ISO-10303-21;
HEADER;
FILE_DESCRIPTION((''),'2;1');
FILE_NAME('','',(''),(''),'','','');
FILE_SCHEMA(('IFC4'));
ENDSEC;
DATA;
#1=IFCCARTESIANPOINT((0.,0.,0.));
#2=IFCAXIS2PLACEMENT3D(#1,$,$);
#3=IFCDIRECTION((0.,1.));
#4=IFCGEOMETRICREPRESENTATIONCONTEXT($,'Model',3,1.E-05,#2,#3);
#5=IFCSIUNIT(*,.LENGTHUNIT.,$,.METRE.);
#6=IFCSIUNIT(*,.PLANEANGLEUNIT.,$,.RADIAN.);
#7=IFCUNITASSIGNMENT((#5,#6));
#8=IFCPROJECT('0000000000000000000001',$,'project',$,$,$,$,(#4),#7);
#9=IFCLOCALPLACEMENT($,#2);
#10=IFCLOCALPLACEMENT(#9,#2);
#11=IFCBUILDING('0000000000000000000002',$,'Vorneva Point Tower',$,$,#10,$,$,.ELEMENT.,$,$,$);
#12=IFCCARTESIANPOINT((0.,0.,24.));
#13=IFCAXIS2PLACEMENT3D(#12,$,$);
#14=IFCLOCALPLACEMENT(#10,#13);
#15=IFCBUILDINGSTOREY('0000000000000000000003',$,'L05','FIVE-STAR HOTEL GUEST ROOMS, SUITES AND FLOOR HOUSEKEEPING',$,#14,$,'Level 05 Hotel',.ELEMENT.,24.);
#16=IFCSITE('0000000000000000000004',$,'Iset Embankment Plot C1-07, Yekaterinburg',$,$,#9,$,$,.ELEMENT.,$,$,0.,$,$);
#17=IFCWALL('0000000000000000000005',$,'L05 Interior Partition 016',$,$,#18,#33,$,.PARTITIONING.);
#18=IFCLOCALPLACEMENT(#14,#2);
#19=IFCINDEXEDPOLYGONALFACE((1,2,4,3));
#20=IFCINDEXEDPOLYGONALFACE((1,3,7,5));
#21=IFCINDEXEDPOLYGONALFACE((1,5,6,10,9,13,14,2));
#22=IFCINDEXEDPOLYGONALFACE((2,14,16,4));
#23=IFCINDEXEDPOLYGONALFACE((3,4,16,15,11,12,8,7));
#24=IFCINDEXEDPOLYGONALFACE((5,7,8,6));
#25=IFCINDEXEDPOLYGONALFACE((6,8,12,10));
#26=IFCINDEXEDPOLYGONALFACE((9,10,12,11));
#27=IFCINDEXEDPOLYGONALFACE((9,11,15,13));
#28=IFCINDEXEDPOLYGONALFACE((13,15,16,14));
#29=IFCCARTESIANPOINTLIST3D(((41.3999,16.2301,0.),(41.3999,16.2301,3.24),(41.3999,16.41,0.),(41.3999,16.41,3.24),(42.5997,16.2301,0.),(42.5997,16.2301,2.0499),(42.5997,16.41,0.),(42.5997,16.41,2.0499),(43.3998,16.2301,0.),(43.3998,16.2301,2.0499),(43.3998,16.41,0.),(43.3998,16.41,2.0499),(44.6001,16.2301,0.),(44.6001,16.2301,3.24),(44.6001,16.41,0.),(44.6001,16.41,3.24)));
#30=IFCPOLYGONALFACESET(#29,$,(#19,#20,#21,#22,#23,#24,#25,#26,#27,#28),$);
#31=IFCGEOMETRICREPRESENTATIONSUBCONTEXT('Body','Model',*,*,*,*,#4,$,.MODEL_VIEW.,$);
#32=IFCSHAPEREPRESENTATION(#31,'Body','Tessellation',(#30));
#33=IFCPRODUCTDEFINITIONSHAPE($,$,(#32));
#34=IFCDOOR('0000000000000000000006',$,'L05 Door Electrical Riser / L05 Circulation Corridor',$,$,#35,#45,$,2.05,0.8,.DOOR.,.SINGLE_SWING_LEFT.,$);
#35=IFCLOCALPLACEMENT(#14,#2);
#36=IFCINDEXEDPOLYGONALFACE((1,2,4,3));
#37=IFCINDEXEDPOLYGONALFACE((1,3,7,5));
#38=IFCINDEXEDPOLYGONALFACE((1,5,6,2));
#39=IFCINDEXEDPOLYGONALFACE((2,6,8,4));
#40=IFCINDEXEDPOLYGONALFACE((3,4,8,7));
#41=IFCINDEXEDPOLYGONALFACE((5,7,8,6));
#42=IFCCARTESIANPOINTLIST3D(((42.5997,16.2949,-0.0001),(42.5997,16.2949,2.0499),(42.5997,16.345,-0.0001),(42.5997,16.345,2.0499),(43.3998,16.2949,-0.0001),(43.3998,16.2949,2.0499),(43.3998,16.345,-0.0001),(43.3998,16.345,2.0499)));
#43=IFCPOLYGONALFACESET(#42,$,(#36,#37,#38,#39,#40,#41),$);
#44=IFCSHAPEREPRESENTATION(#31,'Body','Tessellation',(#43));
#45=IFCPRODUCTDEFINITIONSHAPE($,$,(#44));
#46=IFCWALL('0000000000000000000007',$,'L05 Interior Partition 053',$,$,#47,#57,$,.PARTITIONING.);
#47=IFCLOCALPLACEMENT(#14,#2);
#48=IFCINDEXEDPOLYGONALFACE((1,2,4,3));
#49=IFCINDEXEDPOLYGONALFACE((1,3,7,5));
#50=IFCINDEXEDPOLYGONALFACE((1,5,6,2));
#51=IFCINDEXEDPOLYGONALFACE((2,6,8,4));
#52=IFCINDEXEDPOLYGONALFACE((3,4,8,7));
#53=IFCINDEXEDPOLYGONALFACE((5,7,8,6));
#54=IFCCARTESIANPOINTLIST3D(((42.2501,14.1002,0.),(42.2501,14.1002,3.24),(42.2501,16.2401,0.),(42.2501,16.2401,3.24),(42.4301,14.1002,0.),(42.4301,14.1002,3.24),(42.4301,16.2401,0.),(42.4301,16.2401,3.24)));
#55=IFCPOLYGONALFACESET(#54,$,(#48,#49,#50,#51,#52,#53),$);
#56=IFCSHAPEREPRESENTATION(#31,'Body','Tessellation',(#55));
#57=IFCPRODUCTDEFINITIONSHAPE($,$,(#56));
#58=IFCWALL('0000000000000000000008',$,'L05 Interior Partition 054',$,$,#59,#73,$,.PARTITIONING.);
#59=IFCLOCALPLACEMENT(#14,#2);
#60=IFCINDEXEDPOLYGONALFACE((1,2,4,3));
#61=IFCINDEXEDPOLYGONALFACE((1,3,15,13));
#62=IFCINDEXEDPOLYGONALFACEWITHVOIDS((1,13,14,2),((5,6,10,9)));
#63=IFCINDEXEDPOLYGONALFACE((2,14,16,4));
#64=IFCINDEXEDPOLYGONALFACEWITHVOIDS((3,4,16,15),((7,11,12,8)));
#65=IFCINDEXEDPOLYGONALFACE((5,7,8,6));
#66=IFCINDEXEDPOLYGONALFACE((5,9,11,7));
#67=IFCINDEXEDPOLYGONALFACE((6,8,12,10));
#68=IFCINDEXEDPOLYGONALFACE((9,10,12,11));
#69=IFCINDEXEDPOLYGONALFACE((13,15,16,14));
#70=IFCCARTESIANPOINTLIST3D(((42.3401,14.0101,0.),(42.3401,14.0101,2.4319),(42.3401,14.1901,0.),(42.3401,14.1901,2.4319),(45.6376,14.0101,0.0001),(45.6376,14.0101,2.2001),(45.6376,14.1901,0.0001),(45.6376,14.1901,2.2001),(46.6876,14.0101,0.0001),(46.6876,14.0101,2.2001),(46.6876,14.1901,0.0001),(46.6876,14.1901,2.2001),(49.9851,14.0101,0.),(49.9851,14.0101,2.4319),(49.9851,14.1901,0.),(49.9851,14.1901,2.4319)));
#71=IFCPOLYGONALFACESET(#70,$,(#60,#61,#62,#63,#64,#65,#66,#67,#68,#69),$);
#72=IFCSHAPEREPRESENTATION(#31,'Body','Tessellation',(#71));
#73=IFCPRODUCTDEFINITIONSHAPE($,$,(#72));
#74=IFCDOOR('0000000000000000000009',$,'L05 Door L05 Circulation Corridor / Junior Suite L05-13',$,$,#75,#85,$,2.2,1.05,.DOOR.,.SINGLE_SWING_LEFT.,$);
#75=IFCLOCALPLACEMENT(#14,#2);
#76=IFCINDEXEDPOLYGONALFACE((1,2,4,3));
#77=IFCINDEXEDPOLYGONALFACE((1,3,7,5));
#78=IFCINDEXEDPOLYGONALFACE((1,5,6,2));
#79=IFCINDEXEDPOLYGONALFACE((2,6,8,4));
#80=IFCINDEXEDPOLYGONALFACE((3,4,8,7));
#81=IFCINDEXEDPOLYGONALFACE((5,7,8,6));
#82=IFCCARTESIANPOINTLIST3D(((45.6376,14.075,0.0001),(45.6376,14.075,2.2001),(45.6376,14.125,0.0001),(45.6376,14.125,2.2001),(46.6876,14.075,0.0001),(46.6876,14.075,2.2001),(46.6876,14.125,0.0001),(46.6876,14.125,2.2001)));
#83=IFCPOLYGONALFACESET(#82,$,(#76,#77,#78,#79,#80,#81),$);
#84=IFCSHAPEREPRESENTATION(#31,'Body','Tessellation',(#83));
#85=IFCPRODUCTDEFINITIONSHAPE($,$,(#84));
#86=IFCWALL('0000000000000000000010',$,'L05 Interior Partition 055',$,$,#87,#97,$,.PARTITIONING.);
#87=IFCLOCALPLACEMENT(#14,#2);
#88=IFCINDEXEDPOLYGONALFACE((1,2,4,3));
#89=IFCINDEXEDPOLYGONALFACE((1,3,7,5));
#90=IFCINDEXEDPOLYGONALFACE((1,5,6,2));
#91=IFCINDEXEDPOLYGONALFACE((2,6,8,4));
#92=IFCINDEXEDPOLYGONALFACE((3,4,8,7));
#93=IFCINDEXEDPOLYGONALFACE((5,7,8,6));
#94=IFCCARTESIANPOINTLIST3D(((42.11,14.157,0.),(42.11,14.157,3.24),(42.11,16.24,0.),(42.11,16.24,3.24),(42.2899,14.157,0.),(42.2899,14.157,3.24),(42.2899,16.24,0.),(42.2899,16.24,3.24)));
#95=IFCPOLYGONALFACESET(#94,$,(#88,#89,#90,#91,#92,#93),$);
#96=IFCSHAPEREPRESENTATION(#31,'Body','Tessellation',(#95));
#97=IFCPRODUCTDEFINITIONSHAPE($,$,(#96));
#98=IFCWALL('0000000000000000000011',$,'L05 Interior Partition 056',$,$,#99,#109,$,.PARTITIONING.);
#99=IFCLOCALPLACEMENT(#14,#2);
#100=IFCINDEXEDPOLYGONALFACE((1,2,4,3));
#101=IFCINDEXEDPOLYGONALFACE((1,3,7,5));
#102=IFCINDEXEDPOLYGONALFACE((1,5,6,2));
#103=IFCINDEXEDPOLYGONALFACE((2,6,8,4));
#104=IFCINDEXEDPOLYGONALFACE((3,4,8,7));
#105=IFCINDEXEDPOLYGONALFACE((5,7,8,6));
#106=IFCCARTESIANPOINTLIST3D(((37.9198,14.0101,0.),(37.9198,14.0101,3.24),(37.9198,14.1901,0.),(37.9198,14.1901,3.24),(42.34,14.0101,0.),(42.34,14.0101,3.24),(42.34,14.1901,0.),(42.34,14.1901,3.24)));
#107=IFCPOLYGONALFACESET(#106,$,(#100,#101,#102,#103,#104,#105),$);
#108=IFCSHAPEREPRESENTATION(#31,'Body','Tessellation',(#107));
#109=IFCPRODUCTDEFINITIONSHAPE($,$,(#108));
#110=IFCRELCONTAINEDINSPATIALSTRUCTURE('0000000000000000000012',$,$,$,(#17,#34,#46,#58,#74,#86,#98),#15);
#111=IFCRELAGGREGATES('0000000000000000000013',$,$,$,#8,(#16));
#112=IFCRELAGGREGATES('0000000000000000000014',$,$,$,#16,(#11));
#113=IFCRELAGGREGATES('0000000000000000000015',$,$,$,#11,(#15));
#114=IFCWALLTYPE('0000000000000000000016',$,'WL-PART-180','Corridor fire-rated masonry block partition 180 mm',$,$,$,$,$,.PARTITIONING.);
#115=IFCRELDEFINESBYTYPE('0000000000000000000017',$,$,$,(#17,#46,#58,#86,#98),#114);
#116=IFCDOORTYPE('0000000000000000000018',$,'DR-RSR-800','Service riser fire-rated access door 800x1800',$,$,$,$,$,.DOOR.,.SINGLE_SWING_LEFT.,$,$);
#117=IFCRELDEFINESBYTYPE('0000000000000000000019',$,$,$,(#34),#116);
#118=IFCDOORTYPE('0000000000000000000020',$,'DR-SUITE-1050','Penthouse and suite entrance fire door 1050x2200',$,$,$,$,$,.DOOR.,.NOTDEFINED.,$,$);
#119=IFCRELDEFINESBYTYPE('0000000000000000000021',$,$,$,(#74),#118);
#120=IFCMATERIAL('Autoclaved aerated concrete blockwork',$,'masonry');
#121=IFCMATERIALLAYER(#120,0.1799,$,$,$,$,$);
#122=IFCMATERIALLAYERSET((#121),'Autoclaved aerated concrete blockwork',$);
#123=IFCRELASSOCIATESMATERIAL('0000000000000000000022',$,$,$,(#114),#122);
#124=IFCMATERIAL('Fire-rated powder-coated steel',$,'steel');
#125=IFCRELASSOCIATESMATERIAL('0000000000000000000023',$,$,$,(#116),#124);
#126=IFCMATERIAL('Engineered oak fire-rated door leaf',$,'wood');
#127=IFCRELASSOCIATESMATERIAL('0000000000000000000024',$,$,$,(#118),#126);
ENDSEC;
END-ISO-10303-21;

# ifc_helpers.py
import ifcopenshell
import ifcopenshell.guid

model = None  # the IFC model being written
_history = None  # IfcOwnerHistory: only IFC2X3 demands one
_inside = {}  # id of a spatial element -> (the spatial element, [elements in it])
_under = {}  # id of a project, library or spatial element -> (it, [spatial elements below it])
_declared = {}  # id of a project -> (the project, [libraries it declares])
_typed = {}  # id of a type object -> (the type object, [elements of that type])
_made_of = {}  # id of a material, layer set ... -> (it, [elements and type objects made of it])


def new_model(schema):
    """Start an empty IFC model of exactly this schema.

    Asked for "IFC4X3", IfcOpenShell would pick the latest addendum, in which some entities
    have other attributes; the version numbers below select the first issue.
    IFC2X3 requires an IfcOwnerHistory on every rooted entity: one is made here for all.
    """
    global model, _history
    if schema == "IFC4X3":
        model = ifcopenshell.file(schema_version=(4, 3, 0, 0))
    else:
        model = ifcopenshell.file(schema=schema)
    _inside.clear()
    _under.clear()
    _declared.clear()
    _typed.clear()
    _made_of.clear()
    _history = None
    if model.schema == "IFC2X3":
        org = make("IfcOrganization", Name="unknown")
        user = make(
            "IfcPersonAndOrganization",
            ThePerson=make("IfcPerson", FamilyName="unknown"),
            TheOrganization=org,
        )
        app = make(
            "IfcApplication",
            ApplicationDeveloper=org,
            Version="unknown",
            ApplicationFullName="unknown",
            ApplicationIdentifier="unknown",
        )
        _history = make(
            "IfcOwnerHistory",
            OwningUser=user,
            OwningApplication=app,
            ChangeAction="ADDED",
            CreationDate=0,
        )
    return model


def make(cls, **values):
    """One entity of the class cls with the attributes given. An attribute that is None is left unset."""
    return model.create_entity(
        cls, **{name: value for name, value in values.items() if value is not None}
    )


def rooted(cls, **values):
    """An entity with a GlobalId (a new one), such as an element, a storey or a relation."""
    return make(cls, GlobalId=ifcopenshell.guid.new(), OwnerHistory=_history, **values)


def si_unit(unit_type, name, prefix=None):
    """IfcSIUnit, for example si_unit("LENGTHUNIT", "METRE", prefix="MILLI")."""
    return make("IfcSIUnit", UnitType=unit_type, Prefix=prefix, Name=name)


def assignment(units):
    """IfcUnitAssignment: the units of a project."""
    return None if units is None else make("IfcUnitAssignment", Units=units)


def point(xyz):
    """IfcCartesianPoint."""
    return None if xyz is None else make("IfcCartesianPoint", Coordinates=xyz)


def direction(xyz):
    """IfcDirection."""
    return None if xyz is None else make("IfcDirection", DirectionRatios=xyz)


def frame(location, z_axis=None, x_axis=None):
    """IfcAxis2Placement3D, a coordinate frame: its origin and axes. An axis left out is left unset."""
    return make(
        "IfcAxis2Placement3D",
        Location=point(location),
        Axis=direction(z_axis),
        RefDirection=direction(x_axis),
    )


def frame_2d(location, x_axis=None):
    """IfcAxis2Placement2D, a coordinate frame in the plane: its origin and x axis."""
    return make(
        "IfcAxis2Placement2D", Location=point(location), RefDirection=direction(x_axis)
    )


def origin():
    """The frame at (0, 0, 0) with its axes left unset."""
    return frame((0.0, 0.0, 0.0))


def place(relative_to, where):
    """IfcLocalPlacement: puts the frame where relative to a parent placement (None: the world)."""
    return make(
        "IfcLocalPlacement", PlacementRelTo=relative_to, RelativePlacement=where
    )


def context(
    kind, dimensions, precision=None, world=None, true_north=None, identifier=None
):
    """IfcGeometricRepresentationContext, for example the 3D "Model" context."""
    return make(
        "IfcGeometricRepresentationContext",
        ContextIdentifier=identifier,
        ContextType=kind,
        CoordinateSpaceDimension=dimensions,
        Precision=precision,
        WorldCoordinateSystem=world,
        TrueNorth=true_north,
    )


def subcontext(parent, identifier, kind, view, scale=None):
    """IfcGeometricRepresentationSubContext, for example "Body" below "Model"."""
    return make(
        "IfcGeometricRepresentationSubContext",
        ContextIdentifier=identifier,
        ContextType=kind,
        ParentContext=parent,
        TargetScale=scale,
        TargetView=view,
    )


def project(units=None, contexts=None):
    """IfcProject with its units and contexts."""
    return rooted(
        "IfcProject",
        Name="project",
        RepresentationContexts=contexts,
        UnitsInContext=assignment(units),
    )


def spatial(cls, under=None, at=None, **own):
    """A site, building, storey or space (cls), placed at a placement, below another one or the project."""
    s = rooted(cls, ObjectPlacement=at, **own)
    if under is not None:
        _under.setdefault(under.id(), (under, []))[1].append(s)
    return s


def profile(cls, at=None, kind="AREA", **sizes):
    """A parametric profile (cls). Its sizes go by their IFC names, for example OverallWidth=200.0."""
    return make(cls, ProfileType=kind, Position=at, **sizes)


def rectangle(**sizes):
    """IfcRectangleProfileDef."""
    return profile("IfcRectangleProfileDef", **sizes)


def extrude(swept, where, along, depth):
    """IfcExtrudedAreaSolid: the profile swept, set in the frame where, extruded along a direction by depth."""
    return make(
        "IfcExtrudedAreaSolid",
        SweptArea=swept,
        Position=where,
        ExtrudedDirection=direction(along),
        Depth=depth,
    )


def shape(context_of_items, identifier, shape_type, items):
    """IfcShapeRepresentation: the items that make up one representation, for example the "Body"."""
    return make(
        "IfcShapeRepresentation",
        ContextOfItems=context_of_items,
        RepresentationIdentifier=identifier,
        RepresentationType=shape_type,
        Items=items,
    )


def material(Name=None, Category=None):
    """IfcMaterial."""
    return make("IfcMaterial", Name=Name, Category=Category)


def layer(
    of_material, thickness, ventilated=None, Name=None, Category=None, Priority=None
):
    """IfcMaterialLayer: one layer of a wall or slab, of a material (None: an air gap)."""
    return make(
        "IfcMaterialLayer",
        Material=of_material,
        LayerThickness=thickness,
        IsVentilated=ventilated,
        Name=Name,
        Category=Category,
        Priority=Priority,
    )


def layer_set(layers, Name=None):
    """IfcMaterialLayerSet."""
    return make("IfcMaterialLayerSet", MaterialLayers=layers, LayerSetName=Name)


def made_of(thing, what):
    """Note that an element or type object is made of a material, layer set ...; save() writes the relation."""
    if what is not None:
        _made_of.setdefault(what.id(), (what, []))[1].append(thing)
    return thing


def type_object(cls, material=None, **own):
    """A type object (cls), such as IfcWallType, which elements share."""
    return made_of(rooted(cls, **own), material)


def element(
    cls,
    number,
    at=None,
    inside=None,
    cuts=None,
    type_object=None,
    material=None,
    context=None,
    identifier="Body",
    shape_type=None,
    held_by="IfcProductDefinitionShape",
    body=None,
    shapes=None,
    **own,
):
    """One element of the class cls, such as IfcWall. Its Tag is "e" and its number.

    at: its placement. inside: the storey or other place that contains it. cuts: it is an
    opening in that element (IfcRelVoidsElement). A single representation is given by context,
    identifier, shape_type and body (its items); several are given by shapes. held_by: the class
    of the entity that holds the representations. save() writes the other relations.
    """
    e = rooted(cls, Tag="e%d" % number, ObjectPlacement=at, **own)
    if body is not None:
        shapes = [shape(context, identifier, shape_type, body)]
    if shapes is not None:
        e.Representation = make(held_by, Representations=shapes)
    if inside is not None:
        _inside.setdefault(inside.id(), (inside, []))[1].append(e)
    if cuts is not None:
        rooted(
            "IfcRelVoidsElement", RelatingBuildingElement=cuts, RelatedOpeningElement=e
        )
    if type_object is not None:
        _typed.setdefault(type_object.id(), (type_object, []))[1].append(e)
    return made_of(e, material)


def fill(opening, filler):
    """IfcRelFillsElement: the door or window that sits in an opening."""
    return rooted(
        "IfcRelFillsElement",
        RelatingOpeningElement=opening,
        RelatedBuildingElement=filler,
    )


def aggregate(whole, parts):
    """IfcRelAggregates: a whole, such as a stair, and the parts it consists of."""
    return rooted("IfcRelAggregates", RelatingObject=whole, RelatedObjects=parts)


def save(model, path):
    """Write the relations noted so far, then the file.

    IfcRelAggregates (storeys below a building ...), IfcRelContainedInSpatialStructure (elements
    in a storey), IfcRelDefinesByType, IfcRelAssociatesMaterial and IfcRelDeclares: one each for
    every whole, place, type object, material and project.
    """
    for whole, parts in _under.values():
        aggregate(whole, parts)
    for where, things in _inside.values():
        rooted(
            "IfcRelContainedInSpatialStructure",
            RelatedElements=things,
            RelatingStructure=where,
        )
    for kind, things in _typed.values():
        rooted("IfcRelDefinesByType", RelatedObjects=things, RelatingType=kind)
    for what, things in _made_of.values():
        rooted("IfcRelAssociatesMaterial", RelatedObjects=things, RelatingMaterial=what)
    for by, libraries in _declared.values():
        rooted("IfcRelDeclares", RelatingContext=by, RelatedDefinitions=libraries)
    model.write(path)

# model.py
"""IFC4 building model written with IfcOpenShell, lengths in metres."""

from ifc_helpers import new_model, si_unit, direction, frame, frame_2d, origin, place, context, subcontext, project, spatial, rectangle, extrude, material, layer, layer_set, type_object, element, fill, save


model = new_model("IFC4")

# Units and contexts
model_context = context("Model", 3, precision=1e-05, world=origin(), true_north=direction((0.0, 1.0)))
body_context = subcontext(model_context, "Body", "Model", "MODEL_VIEW")
ifc_project = project(units=[si_unit("LENGTHUNIT", "METRE"), si_unit("PLANEANGLEUNIT", "RADIAN")], contexts=[model_context])

# Site, building, storey
site_placement = place(None, origin())
site = spatial("IfcSite", under=ifc_project, at=site_placement, Name="Iset Embankment Plot C1-07, Yekaterinburg", CompositionType="ELEMENT", RefElevation=0.0)
building_placement = place(site_placement, origin())
building = spatial("IfcBuilding", under=site, at=building_placement, Name="Vorneva Point Tower", CompositionType="ELEMENT")
storey_placement = place(building_placement, frame((0.0, 0.0, 24.0)))
storey = spatial("IfcBuildingStorey", under=building, at=storey_placement, Name="L05", Description="FIVE-STAR HOTEL GUEST ROOMS, SUITES AND FLOOR HOUSEKEEPING", LongName="Level 05 Hotel", CompositionType="ELEMENT", Elevation=24.0)

# Shared definitions
ifc_material_1 = material(Name="Engineered oak fire-rated door leaf", Category="wood")

# Wall, opening, door
ifc_material_2 = material(Name="Autoclaved aerated concrete blockwork", Category="masonry")
ifc_layer_1 = layer(ifc_material_2, 0.1799)
ifc_layer_set_1 = layer_set([ifc_layer_1], Name="Autoclaved aerated concrete blockwork")
wall_type_1 = type_object("IfcWallType", Name="WL-PART-180", Description="Corridor fire-rated masonry block partition 180 mm", PredefinedType="PARTITIONING", material=ifc_layer_set_1)
ifc_material_3 = material(Name="Fire-rated powder-coated steel", Category="steel")
door_type_1 = type_object("IfcDoorType", Name="DR-RSR-800", Description="Service riser fire-rated access door 800x1800", OperationType="SINGLE_SWING_LEFT", PredefinedType="DOOR", material=ifc_material_3)
wall_1_placement = place(storey_placement, frame((41.3999, 16.3201, 0.0), z_axis=(0.0, 0.0, 1.0), x_axis=(1.0, 0.0, 0.0)))
wall_1 = element("IfcWall", 1, at=wall_1_placement, inside=storey, type_object=wall_type_1, Name="L05 Interior Partition 016", PredefinedType="PARTITIONING", context=body_context, shape_type="SweptSolid", body=[
    extrude(rectangle(XDim=3.2002, YDim=0.1799, at=frame_2d((1.6001, 0.0))), origin(), (0.0, 0.0, 1.0), 3.24),
])
opening_1_placement = place(wall_1_placement, frame((1.2, 0.0, 0.0)))
opening_1 = element("IfcOpeningElement", 2, at=opening_1_placement, cuts=wall_1, PredefinedType="OPENING", context=body_context, shape_type="SweptSolid", body=[
    extrude(rectangle(XDim=0.8, YDim=2.05, at=frame_2d((0.3999, 1.0249))), frame((0.0, 0.105, 0.0), z_axis=(0.0, -1.0, 0.0), x_axis=(1.0, 0.0, 0.0)), (0.0, 0.0, 1.0), 0.2097),
])
door_1_placement = place(opening_1_placement, origin())
door_1 = element("IfcDoor", 3, at=door_1_placement, inside=storey, type_object=door_type_1, Name="L05 Door Electrical Riser / L05 Circulation Corridor", OperationType="SINGLE_SWING_LEFT", OverallHeight=2.05, OverallWidth=0.8, PredefinedType="DOOR", context=body_context, shape_type="SweptSolid", body=[
    extrude(rectangle(XDim=0.8, YDim=2.05, at=frame_2d((0.3999, 1.0249))), frame((0.0, 0.0249, 0.0), z_axis=(0.0, -1.0, 0.0), x_axis=(1.0, 0.0, 0.0)), (0.0, 0.0, 1.0), 0.05),
])
fill(opening_1, door_1)

# Wall
wall_2_placement = place(storey_placement, frame((42.3401, 16.24, 0.0), z_axis=(0.0, 0.0, 1.0), x_axis=(0.0, -1.0, 0.0)))
element("IfcWall", 4, at=wall_2_placement, inside=storey, type_object=wall_type_1, Name="L05 Interior Partition 053", PredefinedType="PARTITIONING", context=body_context, shape_type="SweptSolid", body=[
    extrude(rectangle(XDim=2.1399, YDim=0.1799, at=frame_2d((1.0698, 0.0))), origin(), (0.0, 0.0, 1.0), 3.24),
])

# Wall, opening, door
wall_3_placement = place(storey_placement, frame((42.3401, 14.1001, 0.0), z_axis=(0.0, 0.0, 1.0), x_axis=(1.0, 0.0, 0.0)))
wall_3 = element("IfcWall", 5, at=wall_3_placement, inside=storey, type_object=wall_type_1, Name="L05 Interior Partition 054", PredefinedType="PARTITIONING", context=body_context, shape_type="SweptSolid", body=[
    extrude(rectangle(XDim=7.645, YDim=0.1799, at=frame_2d((3.8225, 0.0))), origin(), (0.0, 0.0, 1.0), 2.4319),
])
opening_2_placement = place(wall_3_placement, frame((3.2976, 0.0, 0.0)))
opening_2 = element("IfcOpeningElement", 6, at=opening_2_placement, cuts=wall_3, PredefinedType="OPENING", context=body_context, shape_type="SweptSolid", body=[
    extrude(rectangle(XDim=1.05, YDim=2.2, at=frame_2d((0.5249, 1.1001))), frame((0.0, 0.105, 0.0), z_axis=(0.0, -1.0, 0.0), x_axis=(1.0, 0.0, 0.0)), (0.0, 0.0, 1.0), 0.2097),
])
door_type_2 = type_object("IfcDoorType", Name="DR-SUITE-1050", Description="Penthouse and suite entrance fire door 1050x2200", OperationType="NOTDEFINED", PredefinedType="DOOR", material=ifc_material_1)
door_2_placement = place(opening_2_placement, origin())
door_2 = element("IfcDoor", 7, at=door_2_placement, inside=storey, type_object=door_type_2, Name="L05 Door L05 Circulation Corridor / Junior Suite L05-13", OperationType="SINGLE_SWING_LEFT", OverallHeight=2.2, OverallWidth=1.05, PredefinedType="DOOR", context=body_context, shape_type="SweptSolid", body=[
    extrude(rectangle(XDim=1.05, YDim=2.2, at=frame_2d((0.5249, 1.1001))), frame((0.0, 0.0249, 0.0), z_axis=(0.0, -1.0, 0.0), x_axis=(1.0, 0.0, 0.0)), (0.0, 0.0, 1.0), 0.05),
])
fill(opening_2, door_2)

# Walls
wall_4_placement = place(storey_placement, frame((42.2, 14.157, 0.0), z_axis=(0.0, 0.0, 1.0), x_axis=(0.0, 1.0, 0.0)))
element("IfcWall", 8, at=wall_4_placement, inside=storey, type_object=wall_type_1, Name="L05 Interior Partition 055", PredefinedType="PARTITIONING", context=body_context, shape_type="SweptSolid", body=[
    extrude(rectangle(XDim=2.083, YDim=0.1799, at=frame_2d((1.0415, 0.0))), origin(), (0.0, 0.0, 1.0), 3.24),
])
wall_5_placement = place(storey_placement, frame((37.9199, 14.1001, 0.0), z_axis=(0.0, 0.0, 1.0), x_axis=(1.0, 0.0, 0.0)))
element("IfcWall", 9, at=wall_5_placement, inside=storey, type_object=wall_type_1, Name="L05 Interior Partition 056", PredefinedType="PARTITIONING", context=body_context, shape_type="SweptSolid", body=[
    extrude(rectangle(XDim=4.4202, YDim=0.1799, at=frame_2d((2.21, 0.0))), origin(), (0.0, 0.0, 1.0), 3.24),
])

save(model, "model.ifc")
